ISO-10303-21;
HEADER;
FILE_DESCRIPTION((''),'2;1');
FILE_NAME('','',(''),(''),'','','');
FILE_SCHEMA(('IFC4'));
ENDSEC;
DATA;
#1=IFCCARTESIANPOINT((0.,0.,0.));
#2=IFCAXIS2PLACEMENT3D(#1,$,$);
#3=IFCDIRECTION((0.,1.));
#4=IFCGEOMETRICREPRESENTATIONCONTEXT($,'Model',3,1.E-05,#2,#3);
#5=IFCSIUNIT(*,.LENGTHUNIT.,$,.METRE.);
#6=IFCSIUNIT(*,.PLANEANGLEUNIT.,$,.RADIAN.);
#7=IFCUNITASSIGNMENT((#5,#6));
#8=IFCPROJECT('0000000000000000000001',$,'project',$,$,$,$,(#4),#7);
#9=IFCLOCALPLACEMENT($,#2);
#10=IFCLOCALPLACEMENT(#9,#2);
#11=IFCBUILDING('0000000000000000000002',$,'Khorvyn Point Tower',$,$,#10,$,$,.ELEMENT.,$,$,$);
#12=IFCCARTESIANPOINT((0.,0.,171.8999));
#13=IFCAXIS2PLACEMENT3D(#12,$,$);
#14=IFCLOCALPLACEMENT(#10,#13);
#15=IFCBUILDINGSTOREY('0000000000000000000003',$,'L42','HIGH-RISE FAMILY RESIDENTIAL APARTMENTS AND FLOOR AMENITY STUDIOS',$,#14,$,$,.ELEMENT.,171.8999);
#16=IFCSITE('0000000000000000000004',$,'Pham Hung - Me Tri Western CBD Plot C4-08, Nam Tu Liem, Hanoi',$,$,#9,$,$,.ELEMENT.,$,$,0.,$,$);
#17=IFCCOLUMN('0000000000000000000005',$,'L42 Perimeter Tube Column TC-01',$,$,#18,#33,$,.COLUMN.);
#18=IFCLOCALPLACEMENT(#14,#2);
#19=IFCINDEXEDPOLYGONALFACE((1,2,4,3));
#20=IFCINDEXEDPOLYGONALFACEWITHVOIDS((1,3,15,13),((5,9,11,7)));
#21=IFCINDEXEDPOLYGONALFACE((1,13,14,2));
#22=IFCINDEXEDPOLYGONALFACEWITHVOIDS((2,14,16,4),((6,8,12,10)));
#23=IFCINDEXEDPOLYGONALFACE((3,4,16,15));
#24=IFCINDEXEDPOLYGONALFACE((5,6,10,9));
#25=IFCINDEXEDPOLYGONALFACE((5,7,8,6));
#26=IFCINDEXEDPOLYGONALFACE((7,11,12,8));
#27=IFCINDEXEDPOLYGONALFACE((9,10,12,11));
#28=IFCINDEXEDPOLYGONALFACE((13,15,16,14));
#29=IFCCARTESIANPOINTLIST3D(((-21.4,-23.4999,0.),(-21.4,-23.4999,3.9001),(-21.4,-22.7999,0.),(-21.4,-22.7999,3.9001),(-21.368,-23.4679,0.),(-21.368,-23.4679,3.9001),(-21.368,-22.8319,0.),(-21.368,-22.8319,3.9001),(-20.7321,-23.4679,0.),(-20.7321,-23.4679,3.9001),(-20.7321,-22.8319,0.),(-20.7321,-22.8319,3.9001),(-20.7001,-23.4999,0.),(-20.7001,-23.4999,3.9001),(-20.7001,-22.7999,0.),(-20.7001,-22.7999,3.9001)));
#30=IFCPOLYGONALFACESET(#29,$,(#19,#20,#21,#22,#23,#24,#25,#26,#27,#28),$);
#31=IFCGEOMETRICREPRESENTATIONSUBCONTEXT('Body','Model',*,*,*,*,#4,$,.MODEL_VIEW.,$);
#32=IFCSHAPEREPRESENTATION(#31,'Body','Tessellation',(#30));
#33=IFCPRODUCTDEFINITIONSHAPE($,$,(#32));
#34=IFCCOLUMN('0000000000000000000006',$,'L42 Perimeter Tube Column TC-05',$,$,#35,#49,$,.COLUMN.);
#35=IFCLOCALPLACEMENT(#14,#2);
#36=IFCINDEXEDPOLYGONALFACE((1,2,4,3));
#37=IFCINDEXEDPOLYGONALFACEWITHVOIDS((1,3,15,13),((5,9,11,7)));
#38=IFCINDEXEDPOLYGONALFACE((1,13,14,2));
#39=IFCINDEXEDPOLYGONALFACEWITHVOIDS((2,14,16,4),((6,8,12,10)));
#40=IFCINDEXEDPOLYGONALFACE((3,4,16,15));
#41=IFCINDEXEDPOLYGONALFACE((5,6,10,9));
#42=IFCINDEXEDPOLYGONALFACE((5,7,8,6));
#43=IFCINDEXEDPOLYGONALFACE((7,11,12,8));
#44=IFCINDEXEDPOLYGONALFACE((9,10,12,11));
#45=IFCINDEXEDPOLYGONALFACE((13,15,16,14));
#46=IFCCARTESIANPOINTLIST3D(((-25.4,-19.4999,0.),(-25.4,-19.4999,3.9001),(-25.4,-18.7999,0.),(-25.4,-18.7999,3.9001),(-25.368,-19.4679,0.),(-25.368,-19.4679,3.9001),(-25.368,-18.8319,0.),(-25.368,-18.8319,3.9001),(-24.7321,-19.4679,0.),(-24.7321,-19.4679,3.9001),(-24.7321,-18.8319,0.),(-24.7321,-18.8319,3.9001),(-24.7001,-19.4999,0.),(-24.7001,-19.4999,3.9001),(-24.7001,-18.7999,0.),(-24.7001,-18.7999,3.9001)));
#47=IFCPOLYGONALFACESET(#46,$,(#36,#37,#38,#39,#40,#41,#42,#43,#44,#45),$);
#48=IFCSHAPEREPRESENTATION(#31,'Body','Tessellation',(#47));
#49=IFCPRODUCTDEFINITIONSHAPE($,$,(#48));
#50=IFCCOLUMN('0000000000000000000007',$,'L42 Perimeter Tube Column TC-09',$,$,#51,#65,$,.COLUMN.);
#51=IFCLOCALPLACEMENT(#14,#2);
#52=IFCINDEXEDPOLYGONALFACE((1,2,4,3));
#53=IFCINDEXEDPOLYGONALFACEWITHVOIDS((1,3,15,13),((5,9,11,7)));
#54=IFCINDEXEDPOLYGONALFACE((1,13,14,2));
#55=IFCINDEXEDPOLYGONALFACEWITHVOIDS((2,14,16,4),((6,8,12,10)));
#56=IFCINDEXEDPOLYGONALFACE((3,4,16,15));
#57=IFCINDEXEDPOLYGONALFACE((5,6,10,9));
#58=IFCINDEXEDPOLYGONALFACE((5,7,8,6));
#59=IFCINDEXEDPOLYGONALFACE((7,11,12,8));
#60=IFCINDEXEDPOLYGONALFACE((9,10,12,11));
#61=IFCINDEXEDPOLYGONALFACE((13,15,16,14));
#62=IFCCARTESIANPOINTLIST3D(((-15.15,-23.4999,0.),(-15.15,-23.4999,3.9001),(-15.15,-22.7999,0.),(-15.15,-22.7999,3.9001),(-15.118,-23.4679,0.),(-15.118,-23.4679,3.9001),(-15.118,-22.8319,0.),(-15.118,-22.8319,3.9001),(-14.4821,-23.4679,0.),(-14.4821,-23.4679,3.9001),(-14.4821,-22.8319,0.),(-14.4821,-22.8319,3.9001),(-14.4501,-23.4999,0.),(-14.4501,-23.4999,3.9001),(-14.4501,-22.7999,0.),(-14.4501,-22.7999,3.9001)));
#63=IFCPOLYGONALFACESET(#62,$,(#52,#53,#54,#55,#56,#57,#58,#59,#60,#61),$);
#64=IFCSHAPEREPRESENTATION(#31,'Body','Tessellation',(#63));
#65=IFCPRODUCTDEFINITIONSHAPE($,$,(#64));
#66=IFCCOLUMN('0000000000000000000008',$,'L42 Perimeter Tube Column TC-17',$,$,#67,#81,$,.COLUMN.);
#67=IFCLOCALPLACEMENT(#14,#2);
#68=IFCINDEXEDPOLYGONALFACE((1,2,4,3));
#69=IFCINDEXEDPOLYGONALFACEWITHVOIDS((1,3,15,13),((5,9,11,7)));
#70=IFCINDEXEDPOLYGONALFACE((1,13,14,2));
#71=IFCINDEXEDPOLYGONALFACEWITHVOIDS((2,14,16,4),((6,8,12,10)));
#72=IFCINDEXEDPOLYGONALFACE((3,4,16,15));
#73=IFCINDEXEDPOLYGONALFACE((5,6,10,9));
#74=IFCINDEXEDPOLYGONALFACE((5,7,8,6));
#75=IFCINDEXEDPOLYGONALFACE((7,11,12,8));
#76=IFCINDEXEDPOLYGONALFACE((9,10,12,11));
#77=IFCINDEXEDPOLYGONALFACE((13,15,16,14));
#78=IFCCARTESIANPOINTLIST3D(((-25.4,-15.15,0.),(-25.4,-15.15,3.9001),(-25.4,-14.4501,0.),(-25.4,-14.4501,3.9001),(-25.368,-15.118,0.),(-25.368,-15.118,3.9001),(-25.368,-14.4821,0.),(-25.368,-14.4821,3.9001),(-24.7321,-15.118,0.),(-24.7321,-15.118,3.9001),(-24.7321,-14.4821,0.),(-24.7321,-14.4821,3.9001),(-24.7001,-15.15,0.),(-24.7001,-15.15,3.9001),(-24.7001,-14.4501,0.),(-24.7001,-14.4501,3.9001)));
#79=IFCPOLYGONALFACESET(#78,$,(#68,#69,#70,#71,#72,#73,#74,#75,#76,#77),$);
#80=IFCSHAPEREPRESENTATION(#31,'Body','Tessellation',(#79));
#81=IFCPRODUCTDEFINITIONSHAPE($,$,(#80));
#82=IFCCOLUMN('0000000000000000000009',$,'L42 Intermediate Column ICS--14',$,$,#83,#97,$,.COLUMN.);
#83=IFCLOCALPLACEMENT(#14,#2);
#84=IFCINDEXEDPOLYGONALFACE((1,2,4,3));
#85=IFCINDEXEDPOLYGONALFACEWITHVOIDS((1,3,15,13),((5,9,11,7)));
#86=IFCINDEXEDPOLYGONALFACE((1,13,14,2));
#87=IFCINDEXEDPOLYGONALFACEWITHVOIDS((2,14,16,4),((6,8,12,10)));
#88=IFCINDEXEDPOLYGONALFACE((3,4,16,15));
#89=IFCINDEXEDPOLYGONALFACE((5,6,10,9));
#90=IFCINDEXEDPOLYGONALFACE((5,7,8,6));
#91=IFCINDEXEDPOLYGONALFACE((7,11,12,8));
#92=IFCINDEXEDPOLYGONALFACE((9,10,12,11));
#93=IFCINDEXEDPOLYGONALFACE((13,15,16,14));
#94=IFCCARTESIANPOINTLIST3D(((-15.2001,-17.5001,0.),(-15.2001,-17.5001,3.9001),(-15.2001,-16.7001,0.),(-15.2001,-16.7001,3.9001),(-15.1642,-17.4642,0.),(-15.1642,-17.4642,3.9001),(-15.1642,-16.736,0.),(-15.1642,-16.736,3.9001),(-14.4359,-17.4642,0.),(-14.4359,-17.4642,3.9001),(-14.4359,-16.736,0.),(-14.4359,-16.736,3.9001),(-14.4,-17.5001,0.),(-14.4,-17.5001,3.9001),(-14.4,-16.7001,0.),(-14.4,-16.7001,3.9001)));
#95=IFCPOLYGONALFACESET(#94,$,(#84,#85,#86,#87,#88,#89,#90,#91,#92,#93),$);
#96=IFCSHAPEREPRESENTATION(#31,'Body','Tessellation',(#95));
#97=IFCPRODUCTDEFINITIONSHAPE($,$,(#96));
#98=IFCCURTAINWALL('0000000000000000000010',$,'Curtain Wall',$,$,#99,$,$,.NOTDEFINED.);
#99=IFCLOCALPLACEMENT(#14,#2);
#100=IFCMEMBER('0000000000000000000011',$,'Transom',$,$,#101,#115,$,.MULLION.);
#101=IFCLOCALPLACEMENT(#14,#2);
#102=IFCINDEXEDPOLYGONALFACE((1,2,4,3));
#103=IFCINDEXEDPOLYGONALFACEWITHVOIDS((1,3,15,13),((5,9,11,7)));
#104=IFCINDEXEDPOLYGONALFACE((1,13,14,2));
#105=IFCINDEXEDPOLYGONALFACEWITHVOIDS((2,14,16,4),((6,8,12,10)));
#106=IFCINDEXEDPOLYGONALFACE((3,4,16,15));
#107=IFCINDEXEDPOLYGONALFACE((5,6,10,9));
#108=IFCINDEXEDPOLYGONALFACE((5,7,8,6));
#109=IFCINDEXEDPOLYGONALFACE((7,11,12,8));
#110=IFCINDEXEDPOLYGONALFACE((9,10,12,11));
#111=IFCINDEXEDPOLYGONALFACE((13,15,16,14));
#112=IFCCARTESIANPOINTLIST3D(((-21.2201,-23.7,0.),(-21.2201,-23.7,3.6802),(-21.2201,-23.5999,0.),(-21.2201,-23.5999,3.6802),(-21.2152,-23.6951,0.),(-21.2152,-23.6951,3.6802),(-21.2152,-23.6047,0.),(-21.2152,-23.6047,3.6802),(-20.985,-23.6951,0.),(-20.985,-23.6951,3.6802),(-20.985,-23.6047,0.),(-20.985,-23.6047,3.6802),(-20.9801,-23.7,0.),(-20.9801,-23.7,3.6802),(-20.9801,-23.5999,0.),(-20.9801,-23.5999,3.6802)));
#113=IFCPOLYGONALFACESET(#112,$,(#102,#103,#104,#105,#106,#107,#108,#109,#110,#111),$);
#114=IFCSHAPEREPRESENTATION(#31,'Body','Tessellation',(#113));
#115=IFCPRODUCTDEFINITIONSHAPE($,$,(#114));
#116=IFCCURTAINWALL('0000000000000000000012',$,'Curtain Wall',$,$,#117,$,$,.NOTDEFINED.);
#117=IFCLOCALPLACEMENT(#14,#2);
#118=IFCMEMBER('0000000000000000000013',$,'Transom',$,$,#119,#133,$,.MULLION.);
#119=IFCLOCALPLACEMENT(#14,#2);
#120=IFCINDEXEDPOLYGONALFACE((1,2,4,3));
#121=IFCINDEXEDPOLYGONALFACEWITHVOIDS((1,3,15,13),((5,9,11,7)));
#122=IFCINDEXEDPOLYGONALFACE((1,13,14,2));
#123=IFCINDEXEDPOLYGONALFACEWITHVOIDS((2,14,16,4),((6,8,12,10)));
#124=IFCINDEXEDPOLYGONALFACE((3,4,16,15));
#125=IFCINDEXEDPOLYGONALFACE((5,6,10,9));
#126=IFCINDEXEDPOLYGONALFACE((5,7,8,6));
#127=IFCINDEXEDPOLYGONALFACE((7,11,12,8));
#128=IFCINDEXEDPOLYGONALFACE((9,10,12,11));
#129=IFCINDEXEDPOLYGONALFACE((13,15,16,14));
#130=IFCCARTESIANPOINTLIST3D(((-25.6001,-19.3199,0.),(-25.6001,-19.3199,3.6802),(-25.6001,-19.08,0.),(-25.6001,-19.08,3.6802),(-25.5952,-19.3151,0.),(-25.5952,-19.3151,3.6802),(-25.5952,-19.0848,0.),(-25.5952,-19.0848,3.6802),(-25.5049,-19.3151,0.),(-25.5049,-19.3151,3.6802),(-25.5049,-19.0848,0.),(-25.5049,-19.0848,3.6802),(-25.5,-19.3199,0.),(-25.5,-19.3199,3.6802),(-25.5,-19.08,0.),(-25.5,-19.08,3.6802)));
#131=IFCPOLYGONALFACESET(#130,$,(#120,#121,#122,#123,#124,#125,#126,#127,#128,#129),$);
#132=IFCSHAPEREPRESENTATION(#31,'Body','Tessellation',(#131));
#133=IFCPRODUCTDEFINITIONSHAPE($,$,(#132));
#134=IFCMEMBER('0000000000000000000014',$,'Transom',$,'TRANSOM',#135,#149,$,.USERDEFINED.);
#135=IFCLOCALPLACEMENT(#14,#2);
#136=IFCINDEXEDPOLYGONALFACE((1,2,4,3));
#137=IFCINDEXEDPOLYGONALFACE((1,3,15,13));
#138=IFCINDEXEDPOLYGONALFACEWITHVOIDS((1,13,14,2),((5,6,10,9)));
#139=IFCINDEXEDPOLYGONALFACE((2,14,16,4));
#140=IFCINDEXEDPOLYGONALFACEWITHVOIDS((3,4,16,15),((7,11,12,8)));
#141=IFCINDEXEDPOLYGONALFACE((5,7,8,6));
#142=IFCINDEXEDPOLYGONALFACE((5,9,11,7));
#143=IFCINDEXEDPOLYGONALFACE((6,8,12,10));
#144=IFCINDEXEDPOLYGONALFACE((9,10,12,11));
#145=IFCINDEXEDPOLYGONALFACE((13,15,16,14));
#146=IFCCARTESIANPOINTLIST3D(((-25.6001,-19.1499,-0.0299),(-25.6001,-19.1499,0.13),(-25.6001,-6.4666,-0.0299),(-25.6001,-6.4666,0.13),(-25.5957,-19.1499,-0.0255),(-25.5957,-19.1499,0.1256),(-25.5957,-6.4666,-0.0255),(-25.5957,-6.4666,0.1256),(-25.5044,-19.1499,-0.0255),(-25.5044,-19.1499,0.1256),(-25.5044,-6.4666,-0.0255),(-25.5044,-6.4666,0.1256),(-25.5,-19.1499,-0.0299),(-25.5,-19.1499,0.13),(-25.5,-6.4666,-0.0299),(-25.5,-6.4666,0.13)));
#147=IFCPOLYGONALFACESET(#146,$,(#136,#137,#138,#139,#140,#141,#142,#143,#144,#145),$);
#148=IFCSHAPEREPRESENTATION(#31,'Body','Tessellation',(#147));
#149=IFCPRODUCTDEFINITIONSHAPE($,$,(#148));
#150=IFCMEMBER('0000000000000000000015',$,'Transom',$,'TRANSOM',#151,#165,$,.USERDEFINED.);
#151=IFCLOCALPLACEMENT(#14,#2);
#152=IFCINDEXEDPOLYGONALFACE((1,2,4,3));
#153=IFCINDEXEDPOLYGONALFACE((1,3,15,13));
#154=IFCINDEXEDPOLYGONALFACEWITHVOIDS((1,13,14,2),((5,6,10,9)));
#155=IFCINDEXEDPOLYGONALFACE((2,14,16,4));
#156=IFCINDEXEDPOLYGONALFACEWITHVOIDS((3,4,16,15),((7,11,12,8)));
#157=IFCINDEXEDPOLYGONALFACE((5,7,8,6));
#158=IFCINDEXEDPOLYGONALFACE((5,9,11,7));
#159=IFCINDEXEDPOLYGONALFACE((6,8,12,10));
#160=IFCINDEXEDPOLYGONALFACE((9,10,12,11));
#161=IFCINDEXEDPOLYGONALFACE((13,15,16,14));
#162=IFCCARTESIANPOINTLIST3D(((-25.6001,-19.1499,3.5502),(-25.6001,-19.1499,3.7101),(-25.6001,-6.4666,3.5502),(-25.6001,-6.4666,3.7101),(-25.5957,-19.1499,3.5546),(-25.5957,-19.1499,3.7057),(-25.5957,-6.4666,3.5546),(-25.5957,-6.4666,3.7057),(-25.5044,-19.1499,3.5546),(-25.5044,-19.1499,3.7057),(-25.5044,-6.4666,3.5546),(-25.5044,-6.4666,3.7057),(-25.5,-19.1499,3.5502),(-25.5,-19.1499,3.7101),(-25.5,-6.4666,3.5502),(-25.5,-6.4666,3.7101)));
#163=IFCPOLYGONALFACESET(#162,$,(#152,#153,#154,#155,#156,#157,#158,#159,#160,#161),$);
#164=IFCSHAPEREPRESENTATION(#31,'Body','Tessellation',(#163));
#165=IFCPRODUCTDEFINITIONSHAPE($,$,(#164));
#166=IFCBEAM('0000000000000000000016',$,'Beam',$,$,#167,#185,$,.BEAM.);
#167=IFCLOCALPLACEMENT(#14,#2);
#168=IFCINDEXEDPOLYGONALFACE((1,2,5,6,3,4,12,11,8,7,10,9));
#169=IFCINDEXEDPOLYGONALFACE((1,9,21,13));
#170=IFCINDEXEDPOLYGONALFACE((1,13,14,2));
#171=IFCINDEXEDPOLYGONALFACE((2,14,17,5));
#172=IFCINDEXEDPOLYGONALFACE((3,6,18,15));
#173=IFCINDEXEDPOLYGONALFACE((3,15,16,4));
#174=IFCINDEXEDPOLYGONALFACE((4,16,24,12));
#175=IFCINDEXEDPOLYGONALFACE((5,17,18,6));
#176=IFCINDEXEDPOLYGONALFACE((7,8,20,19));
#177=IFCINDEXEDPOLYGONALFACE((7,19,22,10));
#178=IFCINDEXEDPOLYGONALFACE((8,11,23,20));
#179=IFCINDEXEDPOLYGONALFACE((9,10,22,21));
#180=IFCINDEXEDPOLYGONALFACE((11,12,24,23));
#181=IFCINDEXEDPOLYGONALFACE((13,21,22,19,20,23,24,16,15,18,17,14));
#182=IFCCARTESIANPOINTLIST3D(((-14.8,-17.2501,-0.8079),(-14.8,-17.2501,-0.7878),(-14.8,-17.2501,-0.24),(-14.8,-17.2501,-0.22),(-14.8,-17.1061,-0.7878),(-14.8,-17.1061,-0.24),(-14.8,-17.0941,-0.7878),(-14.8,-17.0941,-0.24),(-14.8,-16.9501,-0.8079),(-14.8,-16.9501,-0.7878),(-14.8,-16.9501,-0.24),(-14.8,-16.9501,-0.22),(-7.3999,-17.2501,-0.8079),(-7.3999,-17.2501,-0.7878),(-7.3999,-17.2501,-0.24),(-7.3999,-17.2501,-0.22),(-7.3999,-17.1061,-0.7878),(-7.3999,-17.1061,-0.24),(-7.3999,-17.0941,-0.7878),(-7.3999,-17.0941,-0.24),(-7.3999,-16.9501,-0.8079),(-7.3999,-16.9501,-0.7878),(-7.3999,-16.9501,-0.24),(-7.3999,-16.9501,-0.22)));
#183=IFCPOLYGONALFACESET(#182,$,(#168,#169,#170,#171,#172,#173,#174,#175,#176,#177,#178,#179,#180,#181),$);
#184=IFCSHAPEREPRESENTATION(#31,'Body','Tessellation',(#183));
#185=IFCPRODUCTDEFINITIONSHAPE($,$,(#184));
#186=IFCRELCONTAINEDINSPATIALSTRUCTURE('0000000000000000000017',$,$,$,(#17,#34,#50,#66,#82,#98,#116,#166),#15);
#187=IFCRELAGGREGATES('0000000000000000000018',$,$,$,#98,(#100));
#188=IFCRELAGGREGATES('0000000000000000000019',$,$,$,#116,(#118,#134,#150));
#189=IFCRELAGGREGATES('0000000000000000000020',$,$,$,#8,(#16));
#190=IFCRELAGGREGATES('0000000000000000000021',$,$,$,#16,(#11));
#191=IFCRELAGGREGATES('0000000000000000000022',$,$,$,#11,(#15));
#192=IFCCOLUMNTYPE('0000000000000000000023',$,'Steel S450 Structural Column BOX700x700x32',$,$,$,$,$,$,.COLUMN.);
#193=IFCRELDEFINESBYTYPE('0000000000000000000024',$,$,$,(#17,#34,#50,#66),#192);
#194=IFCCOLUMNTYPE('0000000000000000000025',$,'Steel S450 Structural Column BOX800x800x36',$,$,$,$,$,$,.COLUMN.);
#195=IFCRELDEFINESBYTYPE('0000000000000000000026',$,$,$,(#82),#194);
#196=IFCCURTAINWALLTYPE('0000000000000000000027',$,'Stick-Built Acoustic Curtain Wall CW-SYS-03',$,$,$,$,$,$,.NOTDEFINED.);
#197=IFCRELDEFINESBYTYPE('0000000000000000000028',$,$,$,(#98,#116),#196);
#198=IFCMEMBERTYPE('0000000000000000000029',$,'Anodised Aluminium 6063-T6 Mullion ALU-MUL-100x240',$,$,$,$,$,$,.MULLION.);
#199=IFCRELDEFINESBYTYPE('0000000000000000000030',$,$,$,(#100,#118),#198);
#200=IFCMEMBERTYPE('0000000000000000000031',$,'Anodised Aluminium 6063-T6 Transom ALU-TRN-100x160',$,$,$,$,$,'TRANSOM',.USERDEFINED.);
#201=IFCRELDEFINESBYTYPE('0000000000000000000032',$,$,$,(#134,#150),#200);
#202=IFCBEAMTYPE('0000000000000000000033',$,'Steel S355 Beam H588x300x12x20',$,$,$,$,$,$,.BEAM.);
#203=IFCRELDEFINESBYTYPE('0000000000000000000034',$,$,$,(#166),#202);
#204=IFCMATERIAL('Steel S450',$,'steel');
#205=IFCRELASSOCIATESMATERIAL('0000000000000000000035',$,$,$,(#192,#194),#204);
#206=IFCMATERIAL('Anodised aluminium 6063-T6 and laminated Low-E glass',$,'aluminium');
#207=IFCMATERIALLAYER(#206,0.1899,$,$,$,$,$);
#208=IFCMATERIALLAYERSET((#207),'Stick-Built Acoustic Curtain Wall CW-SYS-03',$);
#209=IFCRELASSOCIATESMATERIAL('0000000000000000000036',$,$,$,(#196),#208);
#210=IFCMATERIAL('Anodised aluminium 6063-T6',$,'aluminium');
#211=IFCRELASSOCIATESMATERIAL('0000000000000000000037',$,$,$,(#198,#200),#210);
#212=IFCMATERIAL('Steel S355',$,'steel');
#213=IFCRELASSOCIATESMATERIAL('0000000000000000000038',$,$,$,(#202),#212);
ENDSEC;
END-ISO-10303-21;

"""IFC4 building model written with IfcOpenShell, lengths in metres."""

from ifc_helpers import new_model, si_unit, direction, frame, origin, origin_2d, place, context, subcontext, project, spatial, hollow_rectangle, i_section, extrude, material, layer, layer_set, material_profile, profile_set, type_object, element, aggregate, save


model = new_model("IFC4")

# Units and contexts
model_context = context("Model", 3, precision=1e-05, world=origin(), true_north=direction((0.0, 1.0)))
body_context = subcontext(model_context, "Body", "Model", "MODEL_VIEW")
ifc_project = project(units=[si_unit("LENGTHUNIT", "METRE"), si_unit("PLANEANGLEUNIT", "RADIAN")], contexts=[model_context])

# Site, building, storey
site_placement = place(None, origin())
site = spatial("IfcSite", under=ifc_project, at=site_placement, Name="Pham Hung - Me Tri Western CBD Plot C4-08, Nam Tu Liem, Hanoi", CompositionType="ELEMENT", RefElevation=0.0)
building_placement = place(site_placement, origin())
building = spatial("IfcBuilding", under=site, at=building_placement, Name="Khorvyn Point Tower", CompositionType="ELEMENT")
storey_placement = place(building_placement, frame((0.0, 0.0, 171.8999)))
storey = spatial("IfcBuildingStorey", under=building, at=storey_placement, Name="L42", Description="HIGH-RISE FAMILY RESIDENTIAL APARTMENTS AND FLOOR AMENITY STUDIOS", CompositionType="ELEMENT", Elevation=171.8999)

# Columns
ifc_material_1 = material(Name="Steel S450", Category="steel")
ifc_material_profile_1 = material_profile(ifc_material_1, hollow_rectangle(XDim=0.7, YDim=0.7, WallThickness=0.032, at=origin_2d()))
ifc_profile_set_1 = profile_set([ifc_material_profile_1], Name="Steel S450 BOX700x700x32")
column_type_1 = type_object("IfcColumnType", Name="Steel S450 Structural Column BOX700x700x32", PredefinedType="COLUMN", material=ifc_profile_set_1)
for number, where, z_axis, x_axis, name in (
    (1, (-21.05, -23.1499, 0.0), (0.0, 0.0, 1.0), (1.0, 0.0, 0.0), "L42 Perimeter Tube Column TC-01"),
    (2, (-25.05, -19.1499, 0.0), (0.0, 0.0, 1.0), (1.0, 0.0, 0.0), "L42 Perimeter Tube Column TC-05"),
    (3, (-14.8, -23.1499, 0.0), (0.0, 0.0, 1.0), (1.0, 0.0, 0.0), "L42 Perimeter Tube Column TC-09"),
    (4, (-25.05, -14.8, 0.0), (0.0, 0.0, 1.0), (1.0, 0.0, 0.0), "L42 Perimeter Tube Column TC-17"),
):
    element("IfcColumn", number, at=place(storey_placement, frame(where, z_axis=z_axis, x_axis=x_axis)), inside=storey, type_object=column_type_1, Name=name, PredefinedType="COLUMN", context=body_context, shape_type="SweptSolid", body=[
        extrude(hollow_rectangle(XDim=0.7, YDim=0.7, WallThickness=0.032, at=origin_2d()), origin(), (0.0, 0.0, 1.0), 3.9001),
    ])
ifc_material_profile_2 = material_profile(ifc_material_1, hollow_rectangle(XDim=0.8, YDim=0.8, WallThickness=0.0359, at=origin_2d()))
ifc_profile_set_2 = profile_set([ifc_material_profile_2], Name="Steel S450 BOX800x800x36")
column_type_2 = type_object("IfcColumnType", Name="Steel S450 Structural Column BOX800x800x36", PredefinedType="COLUMN", material=ifc_profile_set_2)
column_placement = place(storey_placement, frame((-14.8, -17.1001, 0.0), z_axis=(0.0, 0.0, 1.0), x_axis=(1.0, 0.0, 0.0)))
element("IfcColumn", 5, at=column_placement, inside=storey, type_object=column_type_2, Name="L42 Intermediate Column ICS--14", PredefinedType="COLUMN", context=body_context, shape_type="SweptSolid", body=[
    extrude(hollow_rectangle(XDim=0.8, YDim=0.8, WallThickness=0.0359, at=origin_2d()), origin(), (0.0, 0.0, 1.0), 3.9001),
])

# Curtain wall, member
ifc_material_2 = material(Name="Anodised aluminium 6063-T6 and laminated Low-E glass", Category="aluminium")
ifc_layer_1 = layer(ifc_material_2, 0.1899)
ifc_layer_set_1 = layer_set([ifc_layer_1], Name="Stick-Built Acoustic Curtain Wall CW-SYS-03")
curtain_wall_type = type_object("IfcCurtainWallType", Name="Stick-Built Acoustic Curtain Wall CW-SYS-03", PredefinedType="NOTDEFINED", material=ifc_layer_set_1)
curtain_wall_1_placement = place(storey_placement, origin())
curtain_wall_1 = element("IfcCurtainWall", 6, at=curtain_wall_1_placement, inside=storey, type_object=curtain_wall_type, Name="Curtain Wall", PredefinedType="NOTDEFINED")
ifc_material_3 = material(Name="Anodised aluminium 6063-T6", Category="aluminium")
ifc_material_profile_3 = material_profile(ifc_material_3, hollow_rectangle(XDim=0.1001, YDim=0.24, WallThickness=0.0049, at=origin_2d()))
ifc_profile_set_3 = profile_set([ifc_material_profile_3], Name="Anodised aluminium 6063-T6 ALU-MUL-100x240")
member_type_1 = type_object("IfcMemberType", Name="Anodised Aluminium 6063-T6 Mullion ALU-MUL-100x240", PredefinedType="MULLION", material=ifc_profile_set_3)
member_1_placement = place(storey_placement, frame((-21.1001, -23.6499, 0.0), z_axis=(0.0, 0.0, 1.0), x_axis=(0.0, -1.0, 0.0)))
member_1 = element("IfcMember", 7, at=member_1_placement, type_object=member_type_1, Name="Transom", PredefinedType="MULLION", context=body_context, shape_type="SweptSolid", body=[
    extrude(hollow_rectangle(XDim=0.1001, YDim=0.24, WallThickness=0.0049, at=origin_2d()), origin(), (0.0, 0.0, 1.0), 3.6802),
])

# Curtain wall, members
curtain_wall_2_placement = place(storey_placement, origin())
curtain_wall_2 = element("IfcCurtainWall", 8, at=curtain_wall_2_placement, inside=storey, type_object=curtain_wall_type, Name="Curtain Wall", PredefinedType="NOTDEFINED")
member_2_placement = place(storey_placement, frame((-25.55, -19.2, 0.0), z_axis=(0.0, 0.0, 1.0), x_axis=(-1.0, 0.0, 0.0)))
member_2 = element("IfcMember", 9, at=member_2_placement, type_object=member_type_1, Name="Transom", PredefinedType="MULLION", context=body_context, shape_type="SweptSolid", body=[
    extrude(hollow_rectangle(XDim=0.1001, YDim=0.24, WallThickness=0.0049, at=origin_2d()), origin(), (0.0, 0.0, 1.0), 3.6802),
])
ifc_material_profile_4 = material_profile(ifc_material_3, hollow_rectangle(XDim=0.1001, YDim=0.1599, WallThickness=0.0044, at=origin_2d()))
ifc_profile_set_4 = profile_set([ifc_material_profile_4], Name="Anodised aluminium 6063-T6 ALU-TRN-100x160")
member_type_2 = type_object("IfcMemberType", Name="Anodised Aluminium 6063-T6 Transom ALU-TRN-100x160", ElementType="TRANSOM", PredefinedType="USERDEFINED", material=ifc_profile_set_4)
member_3_placement = place(storey_placement, frame((-25.55, -19.1499, 0.05), z_axis=(0.0, 1.0, 0.0), x_axis=(-1.0, 0.0, 0.0)))
member_3 = element("IfcMember", 10, at=member_3_placement, type_object=member_type_2, Name="Transom", ObjectType="TRANSOM", PredefinedType="USERDEFINED", context=body_context, shape_type="SweptSolid", body=[
    extrude(hollow_rectangle(XDim=0.1001, YDim=0.1599, WallThickness=0.0044, at=origin_2d()), origin(), (0.0, 0.0, 1.0), 12.6833),
])
member_4_placement = place(storey_placement, frame((-25.55, -19.1499, 3.6301), z_axis=(0.0, 1.0, 0.0), x_axis=(-1.0, 0.0, 0.0)))
member_4 = element("IfcMember", 11, at=member_4_placement, type_object=member_type_2, Name="Transom", ObjectType="TRANSOM", PredefinedType="USERDEFINED", context=body_context, shape_type="SweptSolid", body=[
    extrude(hollow_rectangle(XDim=0.1001, YDim=0.1599, WallThickness=0.0044, at=origin_2d()), origin(), (0.0, 0.0, 1.0), 12.6833),
])

# Beam
ifc_material_4 = material(Name="Steel S355", Category="steel")
ifc_material_profile_5 = material_profile(ifc_material_4, i_section(OverallWidth=0.3, OverallDepth=0.5879, WebThickness=0.012, FlangeThickness=0.02, at=origin_2d()))
ifc_profile_set_5 = profile_set([ifc_material_profile_5], Name="Steel S355 H588x300x12x20")
beam_type_1 = type_object("IfcBeamType", Name="Steel S355 Beam H588x300x12x20", PredefinedType="BEAM", material=ifc_profile_set_5)
beam_1_placement = place(storey_placement, frame((-14.8, -17.1001, -0.5139), z_axis=(1.0, 0.0, 0.0), x_axis=(0.0, 1.0, 0.0)))
element("IfcBeam", 12, at=beam_1_placement, inside=storey, type_object=beam_type_1, Name="Beam", PredefinedType="BEAM", context=body_context, shape_type="SweptSolid", body=[
    extrude(i_section(OverallWidth=0.3, OverallDepth=0.5879, WebThickness=0.012, FlangeThickness=0.02, at=origin_2d()), origin(), (0.0, 0.0, 1.0), 7.4001),
])

aggregate(curtain_wall_1, [member_1])
aggregate(curtain_wall_2, [member_2, member_3, member_4])

save(model, "model.ifc")
